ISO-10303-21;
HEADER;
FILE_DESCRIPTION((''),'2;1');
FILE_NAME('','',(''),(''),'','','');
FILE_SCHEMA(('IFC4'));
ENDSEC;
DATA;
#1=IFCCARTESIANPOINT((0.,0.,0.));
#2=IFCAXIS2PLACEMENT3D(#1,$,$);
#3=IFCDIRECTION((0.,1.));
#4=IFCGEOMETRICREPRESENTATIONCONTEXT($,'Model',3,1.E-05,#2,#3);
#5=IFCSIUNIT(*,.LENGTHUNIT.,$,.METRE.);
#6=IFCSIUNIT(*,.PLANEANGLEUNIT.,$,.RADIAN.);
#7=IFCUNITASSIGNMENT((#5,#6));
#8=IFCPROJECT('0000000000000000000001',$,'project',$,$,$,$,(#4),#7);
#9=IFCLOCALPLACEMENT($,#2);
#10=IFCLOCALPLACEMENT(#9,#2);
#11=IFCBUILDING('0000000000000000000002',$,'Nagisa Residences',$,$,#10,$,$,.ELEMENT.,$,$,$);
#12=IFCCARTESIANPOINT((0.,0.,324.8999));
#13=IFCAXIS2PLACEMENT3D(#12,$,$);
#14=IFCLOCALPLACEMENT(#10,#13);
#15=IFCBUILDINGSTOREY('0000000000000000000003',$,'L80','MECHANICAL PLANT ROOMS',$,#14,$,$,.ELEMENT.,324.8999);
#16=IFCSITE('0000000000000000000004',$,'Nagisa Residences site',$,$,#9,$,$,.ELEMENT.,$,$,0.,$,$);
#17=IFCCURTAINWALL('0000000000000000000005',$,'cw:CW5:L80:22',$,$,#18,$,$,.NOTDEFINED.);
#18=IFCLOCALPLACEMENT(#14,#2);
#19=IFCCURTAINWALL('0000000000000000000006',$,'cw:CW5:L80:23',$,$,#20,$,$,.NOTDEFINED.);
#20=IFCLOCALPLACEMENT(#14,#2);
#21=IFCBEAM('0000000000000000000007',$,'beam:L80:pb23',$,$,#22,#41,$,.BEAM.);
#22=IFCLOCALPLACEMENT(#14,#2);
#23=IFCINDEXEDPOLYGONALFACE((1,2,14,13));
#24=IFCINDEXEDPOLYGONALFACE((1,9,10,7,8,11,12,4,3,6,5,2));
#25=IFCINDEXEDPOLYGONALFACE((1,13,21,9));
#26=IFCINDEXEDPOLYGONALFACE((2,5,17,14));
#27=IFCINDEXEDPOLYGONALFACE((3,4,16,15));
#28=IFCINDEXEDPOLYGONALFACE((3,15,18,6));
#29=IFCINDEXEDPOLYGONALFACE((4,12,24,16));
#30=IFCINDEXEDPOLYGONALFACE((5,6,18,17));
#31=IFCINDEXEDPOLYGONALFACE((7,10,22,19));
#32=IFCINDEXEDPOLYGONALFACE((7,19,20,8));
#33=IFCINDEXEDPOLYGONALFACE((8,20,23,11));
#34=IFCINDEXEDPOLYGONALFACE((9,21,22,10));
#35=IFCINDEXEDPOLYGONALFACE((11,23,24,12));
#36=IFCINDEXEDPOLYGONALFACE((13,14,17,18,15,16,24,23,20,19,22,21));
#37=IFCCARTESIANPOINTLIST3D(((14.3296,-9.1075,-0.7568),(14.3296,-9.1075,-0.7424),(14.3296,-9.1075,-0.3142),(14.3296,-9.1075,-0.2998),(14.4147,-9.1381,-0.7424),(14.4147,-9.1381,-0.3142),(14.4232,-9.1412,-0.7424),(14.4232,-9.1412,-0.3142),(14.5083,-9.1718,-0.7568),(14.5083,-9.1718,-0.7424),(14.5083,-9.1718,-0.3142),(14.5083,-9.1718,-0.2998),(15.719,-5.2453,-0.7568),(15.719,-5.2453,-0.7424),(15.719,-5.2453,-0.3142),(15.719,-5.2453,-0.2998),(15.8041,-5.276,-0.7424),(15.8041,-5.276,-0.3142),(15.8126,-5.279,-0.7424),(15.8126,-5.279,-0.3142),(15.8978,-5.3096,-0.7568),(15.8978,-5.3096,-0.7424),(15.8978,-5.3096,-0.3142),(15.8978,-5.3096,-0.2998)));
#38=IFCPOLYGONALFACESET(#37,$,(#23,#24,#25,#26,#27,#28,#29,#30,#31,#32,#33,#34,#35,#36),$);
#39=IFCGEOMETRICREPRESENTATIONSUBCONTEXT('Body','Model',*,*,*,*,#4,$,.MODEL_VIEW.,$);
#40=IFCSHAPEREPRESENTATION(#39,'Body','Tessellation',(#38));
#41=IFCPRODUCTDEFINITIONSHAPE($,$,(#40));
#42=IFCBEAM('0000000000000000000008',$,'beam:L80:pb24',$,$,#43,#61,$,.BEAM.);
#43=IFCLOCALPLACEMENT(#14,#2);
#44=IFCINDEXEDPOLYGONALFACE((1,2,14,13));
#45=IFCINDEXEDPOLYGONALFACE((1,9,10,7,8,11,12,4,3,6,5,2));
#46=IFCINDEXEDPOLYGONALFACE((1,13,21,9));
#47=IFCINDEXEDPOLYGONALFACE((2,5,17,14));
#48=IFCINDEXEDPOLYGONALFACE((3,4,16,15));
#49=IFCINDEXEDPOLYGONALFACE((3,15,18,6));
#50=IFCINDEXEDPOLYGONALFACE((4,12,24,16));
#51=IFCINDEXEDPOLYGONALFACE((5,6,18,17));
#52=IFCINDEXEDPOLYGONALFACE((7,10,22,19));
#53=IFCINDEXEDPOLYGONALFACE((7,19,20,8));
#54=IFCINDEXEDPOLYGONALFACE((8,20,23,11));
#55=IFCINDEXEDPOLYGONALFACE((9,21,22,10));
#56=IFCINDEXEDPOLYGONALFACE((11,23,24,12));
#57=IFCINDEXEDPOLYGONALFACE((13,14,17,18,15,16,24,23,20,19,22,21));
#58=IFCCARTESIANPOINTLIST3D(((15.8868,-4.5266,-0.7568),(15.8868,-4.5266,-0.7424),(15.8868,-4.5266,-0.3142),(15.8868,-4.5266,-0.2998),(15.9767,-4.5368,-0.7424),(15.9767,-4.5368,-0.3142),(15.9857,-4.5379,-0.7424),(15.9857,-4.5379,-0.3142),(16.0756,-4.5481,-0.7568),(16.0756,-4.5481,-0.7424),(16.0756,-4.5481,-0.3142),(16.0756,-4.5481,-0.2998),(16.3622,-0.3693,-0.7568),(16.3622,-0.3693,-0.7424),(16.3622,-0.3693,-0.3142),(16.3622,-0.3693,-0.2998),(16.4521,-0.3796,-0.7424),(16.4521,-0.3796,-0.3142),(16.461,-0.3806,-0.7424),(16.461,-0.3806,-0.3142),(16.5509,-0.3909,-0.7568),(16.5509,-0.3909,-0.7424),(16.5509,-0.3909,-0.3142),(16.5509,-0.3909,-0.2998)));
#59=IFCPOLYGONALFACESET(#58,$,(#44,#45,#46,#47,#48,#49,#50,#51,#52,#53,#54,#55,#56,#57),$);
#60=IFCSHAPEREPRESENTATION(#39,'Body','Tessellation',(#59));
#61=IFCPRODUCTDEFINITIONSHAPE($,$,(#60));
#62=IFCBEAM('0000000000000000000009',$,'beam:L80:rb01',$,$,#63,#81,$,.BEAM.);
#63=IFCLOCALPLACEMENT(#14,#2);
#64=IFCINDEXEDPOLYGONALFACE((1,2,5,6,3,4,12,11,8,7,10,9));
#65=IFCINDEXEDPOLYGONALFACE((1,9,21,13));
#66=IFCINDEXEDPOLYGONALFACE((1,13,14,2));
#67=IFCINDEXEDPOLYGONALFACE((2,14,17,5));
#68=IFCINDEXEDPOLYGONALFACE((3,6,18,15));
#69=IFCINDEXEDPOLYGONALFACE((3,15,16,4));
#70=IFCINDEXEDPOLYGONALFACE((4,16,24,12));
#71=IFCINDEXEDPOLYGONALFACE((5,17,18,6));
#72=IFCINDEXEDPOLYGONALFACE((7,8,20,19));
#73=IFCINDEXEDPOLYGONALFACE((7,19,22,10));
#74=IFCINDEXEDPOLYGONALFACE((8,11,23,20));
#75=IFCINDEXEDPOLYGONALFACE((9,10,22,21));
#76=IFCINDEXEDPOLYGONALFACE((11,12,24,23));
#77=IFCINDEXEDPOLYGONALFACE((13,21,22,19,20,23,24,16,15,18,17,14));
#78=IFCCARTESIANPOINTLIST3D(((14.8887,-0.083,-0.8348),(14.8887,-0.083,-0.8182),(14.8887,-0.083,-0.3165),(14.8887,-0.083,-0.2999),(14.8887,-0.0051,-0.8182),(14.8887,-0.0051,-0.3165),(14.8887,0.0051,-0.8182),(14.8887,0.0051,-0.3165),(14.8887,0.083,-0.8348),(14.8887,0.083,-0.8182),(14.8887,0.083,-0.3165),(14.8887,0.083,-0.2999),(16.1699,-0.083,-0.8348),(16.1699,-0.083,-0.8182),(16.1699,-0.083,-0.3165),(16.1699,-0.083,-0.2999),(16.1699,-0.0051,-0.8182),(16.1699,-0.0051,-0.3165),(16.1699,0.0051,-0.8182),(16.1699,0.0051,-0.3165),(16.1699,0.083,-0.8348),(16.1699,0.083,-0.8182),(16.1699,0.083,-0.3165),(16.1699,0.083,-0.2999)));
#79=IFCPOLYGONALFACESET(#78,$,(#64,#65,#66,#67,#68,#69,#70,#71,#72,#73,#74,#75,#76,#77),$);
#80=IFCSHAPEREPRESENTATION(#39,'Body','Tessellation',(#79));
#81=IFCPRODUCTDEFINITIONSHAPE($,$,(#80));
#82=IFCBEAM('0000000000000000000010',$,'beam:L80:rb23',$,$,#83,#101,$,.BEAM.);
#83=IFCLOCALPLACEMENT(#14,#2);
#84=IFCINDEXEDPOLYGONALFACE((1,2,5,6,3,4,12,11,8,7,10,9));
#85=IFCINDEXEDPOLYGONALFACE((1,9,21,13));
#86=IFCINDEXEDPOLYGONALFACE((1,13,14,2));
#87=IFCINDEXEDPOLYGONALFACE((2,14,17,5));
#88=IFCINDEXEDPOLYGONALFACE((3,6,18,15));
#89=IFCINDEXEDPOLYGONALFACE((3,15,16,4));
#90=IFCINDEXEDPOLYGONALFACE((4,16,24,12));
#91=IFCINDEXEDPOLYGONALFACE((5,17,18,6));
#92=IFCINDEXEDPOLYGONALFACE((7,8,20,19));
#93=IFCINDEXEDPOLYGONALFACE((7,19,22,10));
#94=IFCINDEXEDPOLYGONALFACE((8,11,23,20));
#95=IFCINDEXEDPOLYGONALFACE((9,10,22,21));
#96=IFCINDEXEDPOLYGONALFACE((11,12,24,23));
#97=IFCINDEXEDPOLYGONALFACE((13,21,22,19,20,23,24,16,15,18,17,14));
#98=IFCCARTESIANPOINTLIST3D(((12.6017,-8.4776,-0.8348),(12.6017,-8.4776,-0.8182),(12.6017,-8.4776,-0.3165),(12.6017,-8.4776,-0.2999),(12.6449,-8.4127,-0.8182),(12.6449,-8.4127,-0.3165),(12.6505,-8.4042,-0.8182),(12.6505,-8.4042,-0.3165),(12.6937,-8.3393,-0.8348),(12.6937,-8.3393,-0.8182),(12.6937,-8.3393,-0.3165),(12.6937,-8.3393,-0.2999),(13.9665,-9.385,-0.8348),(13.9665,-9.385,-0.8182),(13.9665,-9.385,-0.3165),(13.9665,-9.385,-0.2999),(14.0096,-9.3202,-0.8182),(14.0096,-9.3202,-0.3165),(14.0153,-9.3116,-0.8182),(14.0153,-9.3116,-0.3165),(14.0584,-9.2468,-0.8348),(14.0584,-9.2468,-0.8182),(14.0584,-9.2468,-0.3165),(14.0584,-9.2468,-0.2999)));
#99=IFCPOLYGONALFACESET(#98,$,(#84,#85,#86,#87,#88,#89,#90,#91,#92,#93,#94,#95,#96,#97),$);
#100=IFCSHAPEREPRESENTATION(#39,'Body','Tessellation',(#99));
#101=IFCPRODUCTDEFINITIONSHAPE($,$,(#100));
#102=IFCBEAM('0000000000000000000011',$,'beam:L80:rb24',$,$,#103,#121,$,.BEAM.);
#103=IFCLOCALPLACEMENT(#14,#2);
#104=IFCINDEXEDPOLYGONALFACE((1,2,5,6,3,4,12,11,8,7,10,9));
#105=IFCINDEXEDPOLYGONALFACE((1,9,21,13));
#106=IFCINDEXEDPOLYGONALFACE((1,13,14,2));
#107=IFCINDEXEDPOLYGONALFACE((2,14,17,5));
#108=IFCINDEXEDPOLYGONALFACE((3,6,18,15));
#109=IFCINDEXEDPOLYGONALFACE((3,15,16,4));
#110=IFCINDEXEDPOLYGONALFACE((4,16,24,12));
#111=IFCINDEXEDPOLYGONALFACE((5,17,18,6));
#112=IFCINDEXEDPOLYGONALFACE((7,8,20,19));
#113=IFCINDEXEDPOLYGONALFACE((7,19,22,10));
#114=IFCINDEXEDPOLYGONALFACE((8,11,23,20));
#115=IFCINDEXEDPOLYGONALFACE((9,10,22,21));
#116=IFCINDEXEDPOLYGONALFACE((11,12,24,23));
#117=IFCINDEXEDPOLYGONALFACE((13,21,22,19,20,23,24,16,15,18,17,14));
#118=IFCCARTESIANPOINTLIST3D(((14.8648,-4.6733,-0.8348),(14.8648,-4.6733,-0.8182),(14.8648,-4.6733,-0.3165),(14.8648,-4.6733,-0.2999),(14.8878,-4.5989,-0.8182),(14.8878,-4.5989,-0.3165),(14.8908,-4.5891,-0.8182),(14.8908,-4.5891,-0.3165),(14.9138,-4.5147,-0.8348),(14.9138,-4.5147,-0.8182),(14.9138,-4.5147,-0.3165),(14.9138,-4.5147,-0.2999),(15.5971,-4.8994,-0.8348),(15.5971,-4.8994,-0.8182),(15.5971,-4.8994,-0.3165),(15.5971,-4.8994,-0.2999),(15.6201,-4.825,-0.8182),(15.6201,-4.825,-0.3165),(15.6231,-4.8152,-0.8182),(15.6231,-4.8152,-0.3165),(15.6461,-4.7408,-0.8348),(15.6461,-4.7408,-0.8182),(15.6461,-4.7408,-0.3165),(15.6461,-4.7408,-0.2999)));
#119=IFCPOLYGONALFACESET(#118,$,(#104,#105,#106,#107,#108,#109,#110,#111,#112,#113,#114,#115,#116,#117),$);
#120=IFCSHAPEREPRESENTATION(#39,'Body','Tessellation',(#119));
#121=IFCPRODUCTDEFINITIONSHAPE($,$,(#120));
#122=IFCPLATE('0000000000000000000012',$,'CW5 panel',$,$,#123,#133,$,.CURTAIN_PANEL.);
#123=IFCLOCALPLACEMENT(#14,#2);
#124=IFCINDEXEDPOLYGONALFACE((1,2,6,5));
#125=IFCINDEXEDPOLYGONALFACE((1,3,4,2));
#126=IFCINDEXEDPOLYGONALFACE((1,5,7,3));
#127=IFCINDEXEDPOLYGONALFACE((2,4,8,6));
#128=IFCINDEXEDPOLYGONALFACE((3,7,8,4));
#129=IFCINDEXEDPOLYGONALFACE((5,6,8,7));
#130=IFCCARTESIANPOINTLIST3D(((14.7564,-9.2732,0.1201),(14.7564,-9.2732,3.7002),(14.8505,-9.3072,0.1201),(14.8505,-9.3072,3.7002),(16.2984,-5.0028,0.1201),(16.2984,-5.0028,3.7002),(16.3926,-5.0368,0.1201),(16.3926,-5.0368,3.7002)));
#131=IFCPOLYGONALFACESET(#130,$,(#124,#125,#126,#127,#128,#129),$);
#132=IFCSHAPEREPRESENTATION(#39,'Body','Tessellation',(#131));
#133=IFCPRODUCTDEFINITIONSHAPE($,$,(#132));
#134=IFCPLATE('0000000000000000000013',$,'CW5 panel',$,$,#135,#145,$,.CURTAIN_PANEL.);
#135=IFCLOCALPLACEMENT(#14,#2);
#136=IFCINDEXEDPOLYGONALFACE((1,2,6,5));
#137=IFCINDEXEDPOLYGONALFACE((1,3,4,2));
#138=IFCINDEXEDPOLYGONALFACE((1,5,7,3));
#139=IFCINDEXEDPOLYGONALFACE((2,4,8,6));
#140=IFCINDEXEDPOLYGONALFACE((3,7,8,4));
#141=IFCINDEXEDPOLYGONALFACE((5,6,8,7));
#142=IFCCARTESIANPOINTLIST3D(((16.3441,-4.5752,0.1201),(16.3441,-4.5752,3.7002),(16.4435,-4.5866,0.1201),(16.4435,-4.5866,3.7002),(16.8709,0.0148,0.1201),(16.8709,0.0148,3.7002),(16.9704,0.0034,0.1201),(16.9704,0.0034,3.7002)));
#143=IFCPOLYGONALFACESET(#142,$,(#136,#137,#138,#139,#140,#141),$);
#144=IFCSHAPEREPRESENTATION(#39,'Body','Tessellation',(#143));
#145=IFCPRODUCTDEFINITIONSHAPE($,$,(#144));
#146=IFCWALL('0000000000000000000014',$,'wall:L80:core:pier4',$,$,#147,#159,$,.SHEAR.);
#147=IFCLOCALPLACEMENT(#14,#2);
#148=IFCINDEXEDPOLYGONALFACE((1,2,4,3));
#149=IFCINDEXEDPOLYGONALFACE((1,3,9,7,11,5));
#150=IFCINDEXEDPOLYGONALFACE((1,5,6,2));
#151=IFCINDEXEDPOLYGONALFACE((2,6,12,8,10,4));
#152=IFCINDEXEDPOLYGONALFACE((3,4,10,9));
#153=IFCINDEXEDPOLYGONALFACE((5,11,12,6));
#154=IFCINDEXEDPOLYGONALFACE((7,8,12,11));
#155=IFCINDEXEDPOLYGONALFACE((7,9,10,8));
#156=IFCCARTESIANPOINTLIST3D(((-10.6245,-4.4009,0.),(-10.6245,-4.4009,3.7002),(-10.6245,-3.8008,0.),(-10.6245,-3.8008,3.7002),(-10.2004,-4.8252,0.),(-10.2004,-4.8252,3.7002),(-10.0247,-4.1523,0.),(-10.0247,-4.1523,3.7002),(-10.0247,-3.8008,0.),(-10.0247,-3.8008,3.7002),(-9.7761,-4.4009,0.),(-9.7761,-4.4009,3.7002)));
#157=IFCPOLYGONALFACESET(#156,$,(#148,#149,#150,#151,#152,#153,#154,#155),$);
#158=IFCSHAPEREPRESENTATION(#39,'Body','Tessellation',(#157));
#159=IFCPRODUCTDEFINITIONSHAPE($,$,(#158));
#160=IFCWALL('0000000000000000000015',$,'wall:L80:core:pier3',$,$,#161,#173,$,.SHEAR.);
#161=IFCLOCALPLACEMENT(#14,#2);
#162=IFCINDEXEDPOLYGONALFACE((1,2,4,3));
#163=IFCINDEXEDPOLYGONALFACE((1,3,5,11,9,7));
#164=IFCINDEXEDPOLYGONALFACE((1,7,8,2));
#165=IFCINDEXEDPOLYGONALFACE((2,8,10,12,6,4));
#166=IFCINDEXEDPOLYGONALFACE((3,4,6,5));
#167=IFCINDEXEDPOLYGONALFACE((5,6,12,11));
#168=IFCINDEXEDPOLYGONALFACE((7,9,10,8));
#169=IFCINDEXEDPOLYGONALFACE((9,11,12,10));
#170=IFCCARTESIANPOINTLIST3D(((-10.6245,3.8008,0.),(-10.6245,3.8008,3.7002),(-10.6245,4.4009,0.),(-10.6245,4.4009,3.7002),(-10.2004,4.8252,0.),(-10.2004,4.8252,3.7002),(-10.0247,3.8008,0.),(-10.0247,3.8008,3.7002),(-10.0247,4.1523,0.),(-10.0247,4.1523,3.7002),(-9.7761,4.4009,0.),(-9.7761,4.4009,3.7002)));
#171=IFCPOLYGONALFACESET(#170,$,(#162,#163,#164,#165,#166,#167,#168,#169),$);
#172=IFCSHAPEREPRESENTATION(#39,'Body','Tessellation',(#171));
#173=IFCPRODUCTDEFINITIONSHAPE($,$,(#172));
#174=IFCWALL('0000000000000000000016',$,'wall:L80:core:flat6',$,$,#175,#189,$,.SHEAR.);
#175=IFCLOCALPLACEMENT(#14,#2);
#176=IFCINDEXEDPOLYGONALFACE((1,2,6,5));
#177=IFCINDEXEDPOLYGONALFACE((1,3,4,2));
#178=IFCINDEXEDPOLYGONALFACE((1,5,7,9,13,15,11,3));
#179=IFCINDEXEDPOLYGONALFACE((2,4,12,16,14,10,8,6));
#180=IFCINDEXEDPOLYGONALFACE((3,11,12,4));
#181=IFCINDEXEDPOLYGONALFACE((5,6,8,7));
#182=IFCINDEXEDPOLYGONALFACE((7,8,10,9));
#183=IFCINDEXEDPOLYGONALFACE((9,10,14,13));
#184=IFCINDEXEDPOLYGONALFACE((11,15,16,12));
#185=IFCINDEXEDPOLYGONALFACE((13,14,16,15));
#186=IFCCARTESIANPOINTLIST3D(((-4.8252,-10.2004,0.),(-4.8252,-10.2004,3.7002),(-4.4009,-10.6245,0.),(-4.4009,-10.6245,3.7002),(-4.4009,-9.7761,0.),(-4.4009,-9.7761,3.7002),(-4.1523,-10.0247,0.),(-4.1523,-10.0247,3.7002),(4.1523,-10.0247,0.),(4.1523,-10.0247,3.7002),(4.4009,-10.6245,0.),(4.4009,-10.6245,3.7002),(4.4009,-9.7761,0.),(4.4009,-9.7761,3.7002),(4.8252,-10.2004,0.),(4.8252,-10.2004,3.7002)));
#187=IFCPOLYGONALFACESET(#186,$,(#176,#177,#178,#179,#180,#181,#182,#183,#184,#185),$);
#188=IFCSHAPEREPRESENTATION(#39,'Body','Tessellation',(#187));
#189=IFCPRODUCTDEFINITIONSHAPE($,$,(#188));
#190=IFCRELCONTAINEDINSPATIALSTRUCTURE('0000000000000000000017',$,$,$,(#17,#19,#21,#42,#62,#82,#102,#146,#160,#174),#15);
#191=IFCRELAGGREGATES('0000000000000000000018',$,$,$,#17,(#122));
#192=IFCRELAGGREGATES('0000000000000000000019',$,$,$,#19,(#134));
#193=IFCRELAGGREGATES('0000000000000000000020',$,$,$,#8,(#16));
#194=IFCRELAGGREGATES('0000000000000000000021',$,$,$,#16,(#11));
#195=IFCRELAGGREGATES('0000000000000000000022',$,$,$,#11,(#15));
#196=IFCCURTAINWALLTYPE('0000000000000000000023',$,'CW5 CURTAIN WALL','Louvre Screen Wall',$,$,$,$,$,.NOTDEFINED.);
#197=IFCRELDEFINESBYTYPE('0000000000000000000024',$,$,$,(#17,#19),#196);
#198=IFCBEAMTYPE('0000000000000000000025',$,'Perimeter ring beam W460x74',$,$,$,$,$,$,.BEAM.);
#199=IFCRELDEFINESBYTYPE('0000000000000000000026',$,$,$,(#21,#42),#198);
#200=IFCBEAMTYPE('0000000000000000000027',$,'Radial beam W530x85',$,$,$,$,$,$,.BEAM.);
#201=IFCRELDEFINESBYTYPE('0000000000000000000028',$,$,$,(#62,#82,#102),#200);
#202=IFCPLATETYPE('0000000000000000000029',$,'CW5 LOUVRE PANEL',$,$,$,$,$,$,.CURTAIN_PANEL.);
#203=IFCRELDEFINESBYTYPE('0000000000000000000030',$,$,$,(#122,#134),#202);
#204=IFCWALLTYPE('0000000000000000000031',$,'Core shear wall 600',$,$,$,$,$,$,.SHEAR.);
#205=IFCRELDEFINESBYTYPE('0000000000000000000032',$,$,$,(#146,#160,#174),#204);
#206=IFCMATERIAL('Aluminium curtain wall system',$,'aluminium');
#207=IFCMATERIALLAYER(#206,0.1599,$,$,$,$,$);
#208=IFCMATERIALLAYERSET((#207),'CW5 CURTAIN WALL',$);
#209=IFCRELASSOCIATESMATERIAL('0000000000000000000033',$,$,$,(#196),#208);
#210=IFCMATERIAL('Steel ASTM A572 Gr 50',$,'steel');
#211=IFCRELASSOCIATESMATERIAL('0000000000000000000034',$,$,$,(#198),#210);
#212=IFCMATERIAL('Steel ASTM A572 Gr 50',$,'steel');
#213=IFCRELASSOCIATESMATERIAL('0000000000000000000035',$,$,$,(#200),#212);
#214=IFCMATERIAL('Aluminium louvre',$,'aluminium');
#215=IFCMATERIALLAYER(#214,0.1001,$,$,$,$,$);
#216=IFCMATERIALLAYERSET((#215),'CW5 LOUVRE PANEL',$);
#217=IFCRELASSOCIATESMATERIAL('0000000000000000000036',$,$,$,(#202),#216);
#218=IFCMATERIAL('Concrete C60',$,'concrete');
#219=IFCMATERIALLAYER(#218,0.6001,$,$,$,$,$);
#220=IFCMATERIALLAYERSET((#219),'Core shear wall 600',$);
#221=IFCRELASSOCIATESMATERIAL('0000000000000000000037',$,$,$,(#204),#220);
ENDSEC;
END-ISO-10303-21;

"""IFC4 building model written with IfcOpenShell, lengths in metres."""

from ifc_helpers import new_model, si_unit, direction, frame, origin, origin_2d, place, context, subcontext, project, spatial, polyline, rectangle, i_section, outline, extrude, material, layer, layer_set, material_profile, profile_set, type_object, element, aggregate, save


model = new_model("IFC4")

# Units and contexts
model_context = context("Model", 3, precision=1e-05, world=origin(), true_north=direction((0.0, 1.0)))
body_context = subcontext(model_context, "Body", "Model", "MODEL_VIEW")
ifc_project = project(units=[si_unit("LENGTHUNIT", "METRE"), si_unit("PLANEANGLEUNIT", "RADIAN")], contexts=[model_context])

# Site, building, storey
site_placement = place(None, origin())
site = spatial("IfcSite", under=ifc_project, at=site_placement, Name="Nagisa Residences site", CompositionType="ELEMENT", RefElevation=0.0)
building_placement = place(site_placement, origin())
building = spatial("IfcBuilding", under=site, at=building_placement, Name="Nagisa Residences", CompositionType="ELEMENT")
storey_placement = place(building_placement, frame((0.0, 0.0, 324.8999)))
storey = spatial("IfcBuildingStorey", under=building, at=storey_placement, Name="L80", Description="MECHANICAL PLANT ROOMS", CompositionType="ELEMENT", Elevation=324.8999)

# Curtain walls
ifc_material_1 = material(Name="Aluminium curtain wall system", Category="aluminium")
ifc_layer_1 = layer(ifc_material_1, 0.1599)
ifc_layer_set_1 = layer_set([ifc_layer_1], Name="CW5 CURTAIN WALL")
curtain_wall_type = type_object("IfcCurtainWallType", Name="CW5 CURTAIN WALL", Description="Louvre Screen Wall", PredefinedType="NOTDEFINED", material=ifc_layer_set_1)
curtain_wall_1_placement = place(storey_placement, origin())
curtain_wall_1 = element("IfcCurtainWall", 1, at=curtain_wall_1_placement, inside=storey, type_object=curtain_wall_type, Name="cw:CW5:L80:22", PredefinedType="NOTDEFINED")
curtain_wall_2_placement = place(storey_placement, origin())
curtain_wall_2 = element("IfcCurtainWall", 2, at=curtain_wall_2_placement, inside=storey, type_object=curtain_wall_type, Name="cw:CW5:L80:23", PredefinedType="NOTDEFINED")

# Beams
ifc_material_2 = material(Name="Steel ASTM A572 Gr 50", Category="steel")
ifc_material_profile_1 = material_profile(ifc_material_2, i_section(OverallWidth=0.1899, OverallDepth=0.457, WebThickness=0.009, FlangeThickness=0.0144, at=origin_2d()), Name="W460x74")
ifc_profile_set_1 = profile_set([ifc_material_profile_1], Name="Steel ASTM A572 Gr 50")
beam_type_1 = type_object("IfcBeamType", Name="Perimeter ring beam W460x74", PredefinedType="BEAM", material=ifc_profile_set_1)
beam_1_placement = place(storey_placement, frame((14.4189, -9.1396, -0.5283), z_axis=(0.338517, 0.94096, 0.0), x_axis=(-0.94096, 0.338517, 0.0)))
element("IfcBeam", 3, at=beam_1_placement, inside=storey, type_object=beam_type_1, Name="beam:L80:pb23", PredefinedType="BEAM", context=body_context, shape_type="SweptSolid", body=[
    extrude(i_section(OverallWidth=0.1899, OverallDepth=0.457, WebThickness=0.009, FlangeThickness=0.0144, at=origin_2d()), origin(), (0.0, 0.0, 1.0), 4.1045),
])
beam_2_placement = place(storey_placement, frame((15.9812, -4.5374, -0.5283), z_axis=(0.113601, 0.993526, 0.0), x_axis=(-0.993526, 0.113601, 0.0)))
element("IfcBeam", 4, at=beam_2_placement, inside=storey, type_object=beam_type_1, Name="beam:L80:pb24", PredefinedType="BEAM", context=body_context, shape_type="SweptSolid", body=[
    extrude(i_section(OverallWidth=0.1899, OverallDepth=0.457, WebThickness=0.009, FlangeThickness=0.0144, at=origin_2d()), origin(), (0.0, 0.0, 1.0), 4.1843),
])
ifc_material_3 = material(Name="Steel ASTM A572 Gr 50", Category="steel")
ifc_material_profile_2 = material_profile(ifc_material_3, i_section(OverallWidth=0.166, OverallDepth=0.5349, WebThickness=0.0103, FlangeThickness=0.0166, at=origin_2d()), Name="W530x85")
ifc_profile_set_2 = profile_set([ifc_material_profile_2], Name="Steel ASTM A572 Gr 50")
beam_type_2 = type_object("IfcBeamType", Name="Radial beam W530x85", PredefinedType="BEAM", material=ifc_profile_set_2)
beam_3_placement = place(storey_placement, frame((16.1699, 0.0, -0.5674), z_axis=(-1.0, 0.0, 0.0), x_axis=(0.0, -1.0, 0.0)))
element("IfcBeam", 5, at=beam_3_placement, inside=storey, type_object=beam_type_2, Name="beam:L80:rb01", PredefinedType="BEAM", context=body_context, shape_type="SweptSolid", body=[
    extrude(i_section(OverallWidth=0.166, OverallDepth=0.5349, WebThickness=0.0103, FlangeThickness=0.0166, at=origin_2d()), origin(), (0.0, 0.0, 1.0), 1.2812),
])
beam_4_placement = place(storey_placement, frame((14.0125, -9.3159, -0.5674), z_axis=(-0.832714, 0.553703, 0.0), x_axis=(-0.553703, -0.832714, 0.0)))
element("IfcBeam", 6, at=beam_4_placement, inside=storey, type_object=beam_type_2, Name="beam:L80:rb23", PredefinedType="BEAM", context=body_context, shape_type="SweptSolid", body=[
    extrude(i_section(OverallWidth=0.166, OverallDepth=0.5349, WebThickness=0.0103, FlangeThickness=0.0166, at=origin_2d()), origin(), (0.0, 0.0, 1.0), 1.6389),
])
beam_5_placement = place(storey_placement, frame((15.6216, -4.8201, -0.5674), z_axis=(-0.955489, 0.295026, 0.0), x_axis=(-0.295026, -0.955489, 0.0)))
element("IfcBeam", 7, at=beam_5_placement, inside=storey, type_object=beam_type_2, Name="beam:L80:rb24", PredefinedType="BEAM", context=body_context, shape_type="SweptSolid", body=[
    extrude(i_section(OverallWidth=0.166, OverallDepth=0.5349, WebThickness=0.0103, FlangeThickness=0.0166, at=origin_2d()), origin(), (0.0, 0.0, 1.0), 0.7664),
])

# Plates
ifc_material_4 = material(Name="Aluminium louvre", Category="aluminium")
ifc_layer_2 = layer(ifc_material_4, 0.1001)
ifc_layer_set_2 = layer_set([ifc_layer_2], Name="CW5 LOUVRE PANEL")
plate_type = type_object("IfcPlateType", Name="CW5 LOUVRE PANEL", PredefinedType="CURTAIN_PANEL", material=ifc_layer_set_2)
plate_1_placement = place(storey_placement, frame((15.5745, -7.155, 0.1201), z_axis=(0.0, 0.0, 1.0), x_axis=(0.339643, 0.940554, 0.0)))
plate_1 = element("IfcPlate", 8, at=plate_1_placement, type_object=plate_type, Name="CW5 panel", PredefinedType="CURTAIN_PANEL", context=body_context, shape_type="SweptSolid", body=[
    extrude(rectangle(XDim=4.5403, YDim=0.1001, at=origin_2d()), origin(), (0.0, 0.0, 1.0), 3.5801),
])
aggregate(curtain_wall_1, [plate_1])
plate_2_placement = place(storey_placement, frame((16.6572, -2.2859, 0.1201), z_axis=(0.0, 0.0, 1.0), x_axis=(0.114025, 0.993478, 0.0)))
plate_2 = element("IfcPlate", 9, at=plate_2_placement, type_object=plate_type, Name="CW5 panel", PredefinedType="CURTAIN_PANEL", context=body_context, shape_type="SweptSolid", body=[
    extrude(rectangle(XDim=4.6201, YDim=0.1001, at=origin_2d()), origin(), (0.0, 0.0, 1.0), 3.5801),
])
aggregate(curtain_wall_2, [plate_2])

# Walls
ifc_material_5 = material(Name="Concrete C60", Category="concrete")
ifc_layer_3 = layer(ifc_material_5, 0.6001)
ifc_layer_set_3 = layer_set([ifc_layer_3], Name="Core shear wall 600")
wall_type_1 = type_object("IfcWallType", Name="Core shear wall 600", PredefinedType="SHEAR", material=ifc_layer_set_3)
wall_1_placement = place(storey_placement, origin())
element("IfcWall", 10, at=wall_1_placement, inside=storey, type_object=wall_type_1, Name="wall:L80:core:pier4", PredefinedType="SHEAR", context=body_context, shape_type="SweptSolid", body=[
    extrude(outline(polyline([(-10.6245, -3.8008), (-10.0247, -3.8008), (-10.0247, -4.1523), (-9.7761, -4.4009), (-10.2004, -4.8252), (-10.6245, -4.4009), (-10.6245, -3.8008)])), origin(), (0.0, 0.0, 1.0), 3.7002),
])
wall_2_placement = place(storey_placement, origin())
element("IfcWall", 11, at=wall_2_placement, inside=storey, type_object=wall_type_1, Name="wall:L80:core:pier3", PredefinedType="SHEAR", context=body_context, shape_type="SweptSolid", body=[
    extrude(outline(polyline([(-10.2004, 4.8252), (-9.7761, 4.4009), (-10.0247, 4.1523), (-10.0247, 3.8008), (-10.6245, 3.8008), (-10.6245, 4.4009), (-10.2004, 4.8252)])), origin(), (0.0, 0.0, 1.0), 3.7002),
])
wall_3_placement = place(storey_placement, origin())
element("IfcWall", 12, at=wall_3_placement, inside=storey, type_object=wall_type_1, Name="wall:L80:core:flat6", PredefinedType="SHEAR", context=body_context, shape_type="SweptSolid", body=[
    extrude(outline(polyline([(-4.1523, -10.0247), (4.1523, -10.0247), (4.4009, -9.7761), (4.8252, -10.2004), (4.4009, -10.6245), (-4.4009, -10.6245), (-4.8252, -10.2004), (-4.4009, -9.7761), (-4.1523, -10.0247)])), origin(), (0.0, 0.0, 1.0), 3.7002),
])

save(model, "model.ifc")
